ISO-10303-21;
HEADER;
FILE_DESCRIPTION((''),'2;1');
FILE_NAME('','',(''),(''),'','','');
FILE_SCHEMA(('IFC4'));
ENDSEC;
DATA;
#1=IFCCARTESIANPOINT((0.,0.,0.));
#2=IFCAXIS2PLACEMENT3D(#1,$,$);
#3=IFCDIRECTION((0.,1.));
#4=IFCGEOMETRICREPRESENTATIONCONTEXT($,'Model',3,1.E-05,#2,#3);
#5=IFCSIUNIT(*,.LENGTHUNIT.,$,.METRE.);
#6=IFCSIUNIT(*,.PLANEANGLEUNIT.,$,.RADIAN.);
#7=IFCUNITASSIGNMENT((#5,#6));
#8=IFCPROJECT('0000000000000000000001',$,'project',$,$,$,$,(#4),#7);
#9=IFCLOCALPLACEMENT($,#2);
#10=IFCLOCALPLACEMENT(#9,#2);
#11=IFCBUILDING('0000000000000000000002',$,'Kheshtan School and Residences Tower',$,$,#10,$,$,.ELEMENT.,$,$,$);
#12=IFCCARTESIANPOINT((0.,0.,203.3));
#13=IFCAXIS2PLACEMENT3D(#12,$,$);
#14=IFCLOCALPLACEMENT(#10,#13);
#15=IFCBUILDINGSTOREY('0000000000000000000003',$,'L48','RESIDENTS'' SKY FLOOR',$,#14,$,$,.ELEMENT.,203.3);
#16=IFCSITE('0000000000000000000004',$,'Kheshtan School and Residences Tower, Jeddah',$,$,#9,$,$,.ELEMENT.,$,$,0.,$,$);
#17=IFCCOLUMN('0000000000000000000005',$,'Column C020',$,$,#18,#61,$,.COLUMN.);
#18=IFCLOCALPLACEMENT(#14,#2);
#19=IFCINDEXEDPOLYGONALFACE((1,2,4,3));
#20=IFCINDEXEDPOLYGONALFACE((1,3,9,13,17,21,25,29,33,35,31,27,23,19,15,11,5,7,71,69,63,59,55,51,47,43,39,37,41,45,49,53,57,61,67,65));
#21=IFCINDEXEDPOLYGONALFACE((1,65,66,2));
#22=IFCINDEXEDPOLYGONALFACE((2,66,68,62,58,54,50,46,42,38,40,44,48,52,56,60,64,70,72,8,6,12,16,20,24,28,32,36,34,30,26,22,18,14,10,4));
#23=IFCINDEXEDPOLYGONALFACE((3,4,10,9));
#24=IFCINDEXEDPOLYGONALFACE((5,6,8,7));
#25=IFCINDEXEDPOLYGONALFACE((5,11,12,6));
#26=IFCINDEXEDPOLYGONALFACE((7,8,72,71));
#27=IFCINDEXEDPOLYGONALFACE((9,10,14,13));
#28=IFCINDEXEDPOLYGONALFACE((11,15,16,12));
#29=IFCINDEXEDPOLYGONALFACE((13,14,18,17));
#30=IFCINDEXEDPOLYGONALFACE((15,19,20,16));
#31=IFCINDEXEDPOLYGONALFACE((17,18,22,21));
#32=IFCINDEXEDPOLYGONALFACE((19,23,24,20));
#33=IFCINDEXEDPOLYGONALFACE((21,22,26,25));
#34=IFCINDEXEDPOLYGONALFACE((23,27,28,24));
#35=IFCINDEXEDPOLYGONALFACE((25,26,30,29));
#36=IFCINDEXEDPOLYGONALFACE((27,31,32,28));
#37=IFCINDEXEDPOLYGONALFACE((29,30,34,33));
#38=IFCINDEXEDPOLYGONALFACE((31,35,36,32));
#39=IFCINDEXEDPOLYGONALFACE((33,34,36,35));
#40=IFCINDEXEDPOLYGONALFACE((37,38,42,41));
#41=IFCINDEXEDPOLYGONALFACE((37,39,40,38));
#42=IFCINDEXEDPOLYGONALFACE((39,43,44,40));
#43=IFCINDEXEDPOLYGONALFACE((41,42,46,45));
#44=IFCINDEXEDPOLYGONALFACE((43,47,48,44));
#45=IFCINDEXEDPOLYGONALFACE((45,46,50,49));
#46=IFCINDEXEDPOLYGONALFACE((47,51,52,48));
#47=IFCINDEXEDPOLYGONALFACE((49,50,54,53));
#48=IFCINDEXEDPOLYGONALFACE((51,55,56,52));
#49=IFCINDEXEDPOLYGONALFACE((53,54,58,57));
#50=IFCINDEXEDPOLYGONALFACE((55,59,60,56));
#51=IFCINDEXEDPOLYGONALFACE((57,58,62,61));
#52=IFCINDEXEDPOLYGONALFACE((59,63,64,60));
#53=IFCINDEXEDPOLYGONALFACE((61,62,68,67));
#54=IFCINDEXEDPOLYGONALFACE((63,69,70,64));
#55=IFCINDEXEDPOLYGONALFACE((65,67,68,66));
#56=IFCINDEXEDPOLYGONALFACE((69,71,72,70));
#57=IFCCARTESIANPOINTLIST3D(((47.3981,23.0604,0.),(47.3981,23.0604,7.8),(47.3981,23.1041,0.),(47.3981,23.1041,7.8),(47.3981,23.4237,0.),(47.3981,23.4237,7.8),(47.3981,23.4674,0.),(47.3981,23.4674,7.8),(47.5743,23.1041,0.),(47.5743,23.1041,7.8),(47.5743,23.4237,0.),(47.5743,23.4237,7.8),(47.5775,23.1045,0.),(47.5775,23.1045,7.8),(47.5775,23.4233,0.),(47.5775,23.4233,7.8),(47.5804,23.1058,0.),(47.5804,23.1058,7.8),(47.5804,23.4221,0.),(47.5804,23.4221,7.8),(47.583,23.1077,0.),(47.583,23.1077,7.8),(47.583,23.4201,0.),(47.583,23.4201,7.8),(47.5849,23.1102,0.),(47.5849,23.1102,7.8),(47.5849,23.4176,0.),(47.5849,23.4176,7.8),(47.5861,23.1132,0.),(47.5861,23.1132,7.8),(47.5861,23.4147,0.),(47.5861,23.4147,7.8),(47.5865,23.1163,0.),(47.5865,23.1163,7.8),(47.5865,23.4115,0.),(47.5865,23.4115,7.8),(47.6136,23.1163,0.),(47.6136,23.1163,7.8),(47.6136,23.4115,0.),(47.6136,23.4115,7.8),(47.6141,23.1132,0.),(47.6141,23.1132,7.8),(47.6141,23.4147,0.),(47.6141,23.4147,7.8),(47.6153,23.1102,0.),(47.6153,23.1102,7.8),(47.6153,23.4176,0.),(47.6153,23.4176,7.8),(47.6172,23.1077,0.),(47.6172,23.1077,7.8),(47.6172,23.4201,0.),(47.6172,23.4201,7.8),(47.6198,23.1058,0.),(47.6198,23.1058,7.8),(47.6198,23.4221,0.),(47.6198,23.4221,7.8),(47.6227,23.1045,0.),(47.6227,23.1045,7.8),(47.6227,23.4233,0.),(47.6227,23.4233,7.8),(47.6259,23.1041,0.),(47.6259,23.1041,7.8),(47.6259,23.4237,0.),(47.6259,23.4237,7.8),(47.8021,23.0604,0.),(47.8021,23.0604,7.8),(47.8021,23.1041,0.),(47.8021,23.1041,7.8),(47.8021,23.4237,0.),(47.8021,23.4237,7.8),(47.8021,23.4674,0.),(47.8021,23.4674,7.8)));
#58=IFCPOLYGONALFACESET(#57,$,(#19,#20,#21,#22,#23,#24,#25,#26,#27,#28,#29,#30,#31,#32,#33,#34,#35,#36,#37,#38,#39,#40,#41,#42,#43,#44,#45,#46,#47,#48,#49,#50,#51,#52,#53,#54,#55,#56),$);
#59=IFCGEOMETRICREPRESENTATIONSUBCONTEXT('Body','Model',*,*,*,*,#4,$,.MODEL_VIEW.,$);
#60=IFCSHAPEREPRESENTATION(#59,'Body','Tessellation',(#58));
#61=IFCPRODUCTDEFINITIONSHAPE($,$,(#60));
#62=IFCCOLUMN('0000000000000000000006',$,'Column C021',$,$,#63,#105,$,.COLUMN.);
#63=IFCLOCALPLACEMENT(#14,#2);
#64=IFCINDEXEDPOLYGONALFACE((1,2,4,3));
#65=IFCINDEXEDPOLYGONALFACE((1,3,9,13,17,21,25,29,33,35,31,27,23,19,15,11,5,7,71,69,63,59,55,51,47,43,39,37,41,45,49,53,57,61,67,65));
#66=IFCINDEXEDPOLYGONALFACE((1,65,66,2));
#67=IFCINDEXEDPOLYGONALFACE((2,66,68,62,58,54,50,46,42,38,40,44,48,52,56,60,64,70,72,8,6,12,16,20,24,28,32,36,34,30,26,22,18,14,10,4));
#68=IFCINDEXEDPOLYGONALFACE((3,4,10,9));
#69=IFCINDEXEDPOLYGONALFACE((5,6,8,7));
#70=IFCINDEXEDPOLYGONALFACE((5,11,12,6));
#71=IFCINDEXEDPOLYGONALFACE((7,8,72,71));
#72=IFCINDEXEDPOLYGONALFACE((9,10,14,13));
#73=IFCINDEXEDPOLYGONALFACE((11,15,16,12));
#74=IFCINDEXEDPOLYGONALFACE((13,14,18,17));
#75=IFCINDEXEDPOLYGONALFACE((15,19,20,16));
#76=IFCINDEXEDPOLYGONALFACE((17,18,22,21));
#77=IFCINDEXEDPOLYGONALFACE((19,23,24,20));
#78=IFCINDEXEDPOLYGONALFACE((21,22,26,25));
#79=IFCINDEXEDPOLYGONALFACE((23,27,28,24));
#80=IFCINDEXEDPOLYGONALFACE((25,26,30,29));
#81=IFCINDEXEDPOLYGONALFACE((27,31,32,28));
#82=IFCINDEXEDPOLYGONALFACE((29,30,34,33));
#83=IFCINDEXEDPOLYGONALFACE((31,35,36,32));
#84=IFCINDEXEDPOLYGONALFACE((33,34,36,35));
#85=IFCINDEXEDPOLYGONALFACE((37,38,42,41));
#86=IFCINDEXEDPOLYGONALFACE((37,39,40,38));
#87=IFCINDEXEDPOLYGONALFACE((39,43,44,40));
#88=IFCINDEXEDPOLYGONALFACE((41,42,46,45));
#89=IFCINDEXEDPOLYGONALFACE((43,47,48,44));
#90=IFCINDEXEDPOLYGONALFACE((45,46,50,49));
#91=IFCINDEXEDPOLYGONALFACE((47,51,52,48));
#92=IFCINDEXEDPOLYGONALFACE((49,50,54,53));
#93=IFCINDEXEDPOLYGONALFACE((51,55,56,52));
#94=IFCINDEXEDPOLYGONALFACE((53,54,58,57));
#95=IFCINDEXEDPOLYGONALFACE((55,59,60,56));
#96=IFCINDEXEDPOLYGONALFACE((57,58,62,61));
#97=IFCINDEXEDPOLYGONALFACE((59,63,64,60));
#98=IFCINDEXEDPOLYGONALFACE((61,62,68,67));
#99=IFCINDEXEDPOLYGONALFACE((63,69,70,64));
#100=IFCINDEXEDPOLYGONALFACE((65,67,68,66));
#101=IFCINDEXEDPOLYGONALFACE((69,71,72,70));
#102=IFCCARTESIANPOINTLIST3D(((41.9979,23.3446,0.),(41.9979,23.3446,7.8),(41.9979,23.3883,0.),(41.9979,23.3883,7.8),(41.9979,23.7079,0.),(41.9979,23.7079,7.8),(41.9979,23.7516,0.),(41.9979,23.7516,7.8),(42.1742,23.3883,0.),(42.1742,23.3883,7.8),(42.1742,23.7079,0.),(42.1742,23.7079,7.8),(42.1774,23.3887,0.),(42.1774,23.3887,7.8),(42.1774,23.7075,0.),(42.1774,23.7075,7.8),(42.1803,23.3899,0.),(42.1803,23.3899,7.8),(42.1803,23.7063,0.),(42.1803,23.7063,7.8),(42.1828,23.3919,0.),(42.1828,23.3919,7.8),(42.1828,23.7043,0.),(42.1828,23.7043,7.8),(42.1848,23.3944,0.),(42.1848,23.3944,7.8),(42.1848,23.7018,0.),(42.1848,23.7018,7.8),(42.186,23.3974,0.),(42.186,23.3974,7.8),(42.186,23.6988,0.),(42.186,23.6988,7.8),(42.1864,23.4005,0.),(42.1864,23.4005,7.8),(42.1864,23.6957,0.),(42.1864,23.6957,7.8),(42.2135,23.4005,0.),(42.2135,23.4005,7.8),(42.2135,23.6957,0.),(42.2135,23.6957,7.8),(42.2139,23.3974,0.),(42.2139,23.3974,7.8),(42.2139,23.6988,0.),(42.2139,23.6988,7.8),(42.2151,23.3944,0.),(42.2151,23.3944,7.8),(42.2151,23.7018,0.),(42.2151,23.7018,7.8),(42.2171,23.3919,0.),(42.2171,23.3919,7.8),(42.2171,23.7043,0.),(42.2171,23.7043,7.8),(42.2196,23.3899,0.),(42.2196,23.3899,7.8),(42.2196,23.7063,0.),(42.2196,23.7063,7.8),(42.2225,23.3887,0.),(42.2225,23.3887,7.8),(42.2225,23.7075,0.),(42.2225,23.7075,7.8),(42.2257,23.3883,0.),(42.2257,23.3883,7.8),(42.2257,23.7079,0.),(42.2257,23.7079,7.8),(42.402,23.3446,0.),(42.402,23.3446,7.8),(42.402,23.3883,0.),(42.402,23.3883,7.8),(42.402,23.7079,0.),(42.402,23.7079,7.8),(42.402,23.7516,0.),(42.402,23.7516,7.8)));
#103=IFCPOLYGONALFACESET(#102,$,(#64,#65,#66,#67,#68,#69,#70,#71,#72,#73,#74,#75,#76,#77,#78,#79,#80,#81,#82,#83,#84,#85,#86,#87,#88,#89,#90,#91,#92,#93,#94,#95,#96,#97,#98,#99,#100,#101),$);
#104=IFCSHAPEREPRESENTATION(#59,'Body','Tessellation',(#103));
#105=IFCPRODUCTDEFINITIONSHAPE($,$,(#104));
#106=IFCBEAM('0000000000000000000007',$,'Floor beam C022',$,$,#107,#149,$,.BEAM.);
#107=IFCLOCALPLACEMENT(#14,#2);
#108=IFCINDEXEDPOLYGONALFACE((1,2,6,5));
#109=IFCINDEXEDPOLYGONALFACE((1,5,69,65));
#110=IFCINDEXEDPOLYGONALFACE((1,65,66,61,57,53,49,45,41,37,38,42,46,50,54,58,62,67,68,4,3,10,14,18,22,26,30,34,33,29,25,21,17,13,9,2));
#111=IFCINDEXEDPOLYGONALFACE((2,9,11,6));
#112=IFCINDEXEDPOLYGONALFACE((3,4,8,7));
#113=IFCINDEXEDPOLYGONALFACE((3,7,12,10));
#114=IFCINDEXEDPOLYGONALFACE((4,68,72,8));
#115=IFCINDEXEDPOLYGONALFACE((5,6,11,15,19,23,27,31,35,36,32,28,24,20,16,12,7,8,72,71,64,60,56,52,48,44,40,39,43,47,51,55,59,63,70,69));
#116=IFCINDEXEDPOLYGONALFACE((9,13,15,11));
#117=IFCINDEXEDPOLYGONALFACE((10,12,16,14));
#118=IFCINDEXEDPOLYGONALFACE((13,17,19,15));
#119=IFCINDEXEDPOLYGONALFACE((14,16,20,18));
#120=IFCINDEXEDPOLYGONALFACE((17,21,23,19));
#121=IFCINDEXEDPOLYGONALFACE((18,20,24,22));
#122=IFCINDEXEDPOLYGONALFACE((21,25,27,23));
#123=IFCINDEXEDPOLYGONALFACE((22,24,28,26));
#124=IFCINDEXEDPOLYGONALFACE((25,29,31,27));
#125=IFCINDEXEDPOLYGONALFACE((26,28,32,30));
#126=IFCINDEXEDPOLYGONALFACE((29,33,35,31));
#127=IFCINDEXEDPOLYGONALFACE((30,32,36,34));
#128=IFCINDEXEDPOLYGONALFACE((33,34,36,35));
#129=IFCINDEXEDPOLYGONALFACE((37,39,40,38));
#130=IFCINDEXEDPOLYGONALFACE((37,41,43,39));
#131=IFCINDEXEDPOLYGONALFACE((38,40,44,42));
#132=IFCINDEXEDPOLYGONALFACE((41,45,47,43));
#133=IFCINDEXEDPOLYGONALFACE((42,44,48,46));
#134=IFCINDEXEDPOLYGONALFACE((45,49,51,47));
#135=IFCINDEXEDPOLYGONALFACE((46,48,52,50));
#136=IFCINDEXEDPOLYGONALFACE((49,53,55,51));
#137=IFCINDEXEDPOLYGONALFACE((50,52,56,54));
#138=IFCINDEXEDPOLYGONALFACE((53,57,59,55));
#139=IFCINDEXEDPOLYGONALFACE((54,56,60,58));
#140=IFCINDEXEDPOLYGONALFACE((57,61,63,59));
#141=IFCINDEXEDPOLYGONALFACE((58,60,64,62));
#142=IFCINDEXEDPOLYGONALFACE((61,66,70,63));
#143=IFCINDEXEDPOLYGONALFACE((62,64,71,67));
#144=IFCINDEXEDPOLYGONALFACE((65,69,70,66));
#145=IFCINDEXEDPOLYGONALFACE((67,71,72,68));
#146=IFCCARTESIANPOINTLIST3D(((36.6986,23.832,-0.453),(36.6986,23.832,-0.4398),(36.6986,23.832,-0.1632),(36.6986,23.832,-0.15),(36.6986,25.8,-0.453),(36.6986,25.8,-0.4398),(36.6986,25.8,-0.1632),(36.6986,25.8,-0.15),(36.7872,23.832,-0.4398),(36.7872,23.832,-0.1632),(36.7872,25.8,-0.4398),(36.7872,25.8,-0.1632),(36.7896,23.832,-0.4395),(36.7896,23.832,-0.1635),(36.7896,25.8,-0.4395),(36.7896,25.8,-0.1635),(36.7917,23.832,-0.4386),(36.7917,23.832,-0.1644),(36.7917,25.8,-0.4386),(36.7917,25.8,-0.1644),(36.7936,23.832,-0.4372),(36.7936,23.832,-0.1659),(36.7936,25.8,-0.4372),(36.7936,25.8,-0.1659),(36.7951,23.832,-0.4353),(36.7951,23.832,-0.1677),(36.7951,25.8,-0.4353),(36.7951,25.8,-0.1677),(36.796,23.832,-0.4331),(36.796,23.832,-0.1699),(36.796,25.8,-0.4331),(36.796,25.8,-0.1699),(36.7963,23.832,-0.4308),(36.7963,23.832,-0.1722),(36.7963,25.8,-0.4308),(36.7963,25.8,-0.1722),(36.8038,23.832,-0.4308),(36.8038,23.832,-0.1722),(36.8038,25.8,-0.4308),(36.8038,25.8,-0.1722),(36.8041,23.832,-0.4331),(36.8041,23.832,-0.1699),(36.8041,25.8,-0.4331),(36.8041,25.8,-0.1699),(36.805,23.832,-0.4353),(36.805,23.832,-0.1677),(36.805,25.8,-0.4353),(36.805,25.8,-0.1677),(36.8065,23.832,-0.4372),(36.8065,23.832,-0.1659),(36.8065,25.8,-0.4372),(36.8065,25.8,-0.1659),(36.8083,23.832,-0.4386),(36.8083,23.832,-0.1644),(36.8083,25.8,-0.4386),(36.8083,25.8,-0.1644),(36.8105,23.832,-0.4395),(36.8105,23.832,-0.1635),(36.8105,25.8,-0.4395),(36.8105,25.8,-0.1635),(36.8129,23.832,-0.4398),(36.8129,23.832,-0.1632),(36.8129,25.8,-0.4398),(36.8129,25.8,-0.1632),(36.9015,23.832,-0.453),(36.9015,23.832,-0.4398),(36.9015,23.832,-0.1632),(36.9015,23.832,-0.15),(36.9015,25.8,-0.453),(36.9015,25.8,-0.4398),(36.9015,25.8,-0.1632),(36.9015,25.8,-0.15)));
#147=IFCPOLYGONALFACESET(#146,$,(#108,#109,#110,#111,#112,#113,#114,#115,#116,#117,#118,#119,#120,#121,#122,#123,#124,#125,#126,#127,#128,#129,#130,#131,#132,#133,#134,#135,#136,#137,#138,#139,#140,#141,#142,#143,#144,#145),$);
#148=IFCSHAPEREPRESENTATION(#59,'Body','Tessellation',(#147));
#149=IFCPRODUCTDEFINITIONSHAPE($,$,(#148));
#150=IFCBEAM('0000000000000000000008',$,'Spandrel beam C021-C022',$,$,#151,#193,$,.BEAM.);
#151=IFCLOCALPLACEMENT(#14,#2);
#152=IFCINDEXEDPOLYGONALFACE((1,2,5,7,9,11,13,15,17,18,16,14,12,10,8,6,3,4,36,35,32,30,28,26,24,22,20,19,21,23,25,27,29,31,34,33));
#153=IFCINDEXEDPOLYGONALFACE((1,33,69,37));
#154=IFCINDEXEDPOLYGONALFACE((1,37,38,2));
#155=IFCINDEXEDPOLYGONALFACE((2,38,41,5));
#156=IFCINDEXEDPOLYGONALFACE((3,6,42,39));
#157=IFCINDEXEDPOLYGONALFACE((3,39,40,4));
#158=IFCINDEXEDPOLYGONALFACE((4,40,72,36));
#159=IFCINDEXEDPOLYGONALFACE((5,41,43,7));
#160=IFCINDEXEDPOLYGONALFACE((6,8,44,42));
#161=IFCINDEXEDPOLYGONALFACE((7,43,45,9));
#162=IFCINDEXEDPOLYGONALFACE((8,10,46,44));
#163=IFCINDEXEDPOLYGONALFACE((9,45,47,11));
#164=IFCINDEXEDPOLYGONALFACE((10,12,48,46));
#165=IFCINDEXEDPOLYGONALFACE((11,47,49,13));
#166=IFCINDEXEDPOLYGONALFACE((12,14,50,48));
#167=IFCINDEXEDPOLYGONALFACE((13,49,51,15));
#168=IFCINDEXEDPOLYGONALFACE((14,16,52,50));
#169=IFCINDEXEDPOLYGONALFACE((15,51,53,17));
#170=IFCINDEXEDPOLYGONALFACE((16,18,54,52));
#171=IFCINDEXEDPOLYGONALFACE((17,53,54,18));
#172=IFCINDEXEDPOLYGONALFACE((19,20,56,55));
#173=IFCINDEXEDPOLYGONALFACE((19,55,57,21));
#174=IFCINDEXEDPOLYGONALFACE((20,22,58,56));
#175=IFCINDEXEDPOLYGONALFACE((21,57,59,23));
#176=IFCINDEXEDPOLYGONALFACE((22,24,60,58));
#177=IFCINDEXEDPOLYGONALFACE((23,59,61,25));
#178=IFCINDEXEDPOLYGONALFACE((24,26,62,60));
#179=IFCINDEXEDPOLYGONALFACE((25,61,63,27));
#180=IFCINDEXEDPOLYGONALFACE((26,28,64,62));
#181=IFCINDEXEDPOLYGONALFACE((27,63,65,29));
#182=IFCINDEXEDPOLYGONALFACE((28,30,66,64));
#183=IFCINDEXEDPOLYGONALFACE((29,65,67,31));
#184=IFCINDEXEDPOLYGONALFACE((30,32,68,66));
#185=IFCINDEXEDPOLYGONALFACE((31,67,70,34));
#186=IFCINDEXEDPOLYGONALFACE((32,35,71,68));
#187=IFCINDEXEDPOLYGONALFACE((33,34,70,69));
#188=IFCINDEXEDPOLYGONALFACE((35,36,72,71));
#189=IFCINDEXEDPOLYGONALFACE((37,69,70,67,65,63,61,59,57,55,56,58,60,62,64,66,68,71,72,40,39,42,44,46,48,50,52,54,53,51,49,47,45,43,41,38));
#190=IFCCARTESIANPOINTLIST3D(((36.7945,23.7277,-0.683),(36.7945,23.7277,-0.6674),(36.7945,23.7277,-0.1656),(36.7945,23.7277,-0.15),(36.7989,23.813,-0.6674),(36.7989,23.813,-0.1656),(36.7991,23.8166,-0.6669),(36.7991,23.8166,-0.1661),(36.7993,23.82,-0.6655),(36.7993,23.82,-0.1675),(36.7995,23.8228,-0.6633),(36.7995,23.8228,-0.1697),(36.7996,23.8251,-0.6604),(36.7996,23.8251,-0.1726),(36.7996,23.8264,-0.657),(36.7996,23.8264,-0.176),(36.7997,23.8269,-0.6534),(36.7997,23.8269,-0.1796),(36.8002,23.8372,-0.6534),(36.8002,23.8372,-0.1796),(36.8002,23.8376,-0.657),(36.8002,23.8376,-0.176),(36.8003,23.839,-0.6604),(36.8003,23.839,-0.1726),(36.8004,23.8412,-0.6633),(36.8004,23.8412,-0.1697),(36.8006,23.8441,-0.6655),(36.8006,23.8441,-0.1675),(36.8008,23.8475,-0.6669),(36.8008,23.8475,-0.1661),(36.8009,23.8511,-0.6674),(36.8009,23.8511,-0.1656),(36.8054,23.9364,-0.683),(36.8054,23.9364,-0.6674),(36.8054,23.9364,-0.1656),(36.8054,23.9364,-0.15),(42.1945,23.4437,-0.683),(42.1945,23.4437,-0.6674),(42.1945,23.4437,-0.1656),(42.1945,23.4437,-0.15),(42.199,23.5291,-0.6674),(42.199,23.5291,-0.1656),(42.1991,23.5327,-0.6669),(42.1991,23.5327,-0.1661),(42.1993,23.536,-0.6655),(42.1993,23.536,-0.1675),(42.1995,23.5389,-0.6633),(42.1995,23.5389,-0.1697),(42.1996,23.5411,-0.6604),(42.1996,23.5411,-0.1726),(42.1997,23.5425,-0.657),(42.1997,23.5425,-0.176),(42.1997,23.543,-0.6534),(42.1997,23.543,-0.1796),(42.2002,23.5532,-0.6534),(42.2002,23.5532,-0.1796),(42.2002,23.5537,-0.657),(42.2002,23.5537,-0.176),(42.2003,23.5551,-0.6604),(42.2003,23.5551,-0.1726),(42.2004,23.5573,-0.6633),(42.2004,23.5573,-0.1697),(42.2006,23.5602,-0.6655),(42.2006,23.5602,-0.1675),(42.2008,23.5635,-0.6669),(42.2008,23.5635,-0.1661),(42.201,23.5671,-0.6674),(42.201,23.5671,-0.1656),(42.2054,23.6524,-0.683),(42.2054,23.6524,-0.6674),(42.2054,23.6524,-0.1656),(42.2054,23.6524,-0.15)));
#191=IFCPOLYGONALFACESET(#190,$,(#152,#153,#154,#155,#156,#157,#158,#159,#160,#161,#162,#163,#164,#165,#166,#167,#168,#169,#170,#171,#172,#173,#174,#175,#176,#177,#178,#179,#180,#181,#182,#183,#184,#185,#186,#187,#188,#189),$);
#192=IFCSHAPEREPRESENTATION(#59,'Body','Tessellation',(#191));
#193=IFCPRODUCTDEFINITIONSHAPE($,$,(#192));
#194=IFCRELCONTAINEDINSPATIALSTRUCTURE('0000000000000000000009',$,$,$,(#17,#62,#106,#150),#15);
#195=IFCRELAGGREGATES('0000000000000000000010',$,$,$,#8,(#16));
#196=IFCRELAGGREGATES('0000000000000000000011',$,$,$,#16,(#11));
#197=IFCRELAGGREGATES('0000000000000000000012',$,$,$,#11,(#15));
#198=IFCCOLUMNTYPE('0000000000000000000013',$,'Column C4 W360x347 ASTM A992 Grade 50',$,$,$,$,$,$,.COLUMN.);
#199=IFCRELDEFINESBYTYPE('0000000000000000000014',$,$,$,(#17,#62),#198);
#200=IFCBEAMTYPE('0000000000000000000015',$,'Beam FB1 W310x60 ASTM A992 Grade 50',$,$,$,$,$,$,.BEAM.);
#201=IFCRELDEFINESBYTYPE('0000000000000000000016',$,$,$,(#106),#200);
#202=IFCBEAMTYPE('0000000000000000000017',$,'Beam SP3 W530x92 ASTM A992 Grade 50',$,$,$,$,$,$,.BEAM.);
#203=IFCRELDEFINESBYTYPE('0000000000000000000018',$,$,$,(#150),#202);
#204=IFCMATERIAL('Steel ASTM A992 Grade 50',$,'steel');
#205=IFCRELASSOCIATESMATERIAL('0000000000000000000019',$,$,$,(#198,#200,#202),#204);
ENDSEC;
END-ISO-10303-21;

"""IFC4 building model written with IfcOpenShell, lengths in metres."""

from ifc_helpers import new_model, si_unit, direction, frame, origin, origin_2d, place, context, subcontext, project, spatial, i_section, extrude, material, material_profile, profile_set, type_object, element, save


model = new_model("IFC4")

# Units and contexts
model_context = context("Model", 3, precision=1e-05, world=origin(), true_north=direction((0.0, 1.0)))
body_context = subcontext(model_context, "Body", "Model", "MODEL_VIEW")
ifc_project = project(units=[si_unit("LENGTHUNIT", "METRE"), si_unit("PLANEANGLEUNIT", "RADIAN")], contexts=[model_context])

# Site, building, storey
site_placement = place(None, origin())
site = spatial("IfcSite", under=ifc_project, at=site_placement, Name="Kheshtan School and Residences Tower, Jeddah", CompositionType="ELEMENT", RefElevation=0.0)
building_placement = place(site_placement, origin())
building = spatial("IfcBuilding", under=site, at=building_placement, Name="Kheshtan School and Residences Tower", CompositionType="ELEMENT")
storey_placement = place(building_placement, frame((0.0, 0.0, 203.3)))
storey = spatial("IfcBuildingStorey", under=building, at=storey_placement, Name="L48", Description="RESIDENTS' SKY FLOOR", CompositionType="ELEMENT", Elevation=203.3)

# Columns
ifc_material_1 = material(Name="Steel ASTM A992 Grade 50", Category="steel")
ifc_material_profile_1 = material_profile(ifc_material_1, i_section(OverallWidth=0.4041, OverallDepth=0.407, WebThickness=0.0271, FlangeThickness=0.0437, FilletRadius=0.0122, at=origin_2d()), Name="W360x347")
ifc_profile_set_1 = profile_set([ifc_material_profile_1], Name="Steel ASTM A992 Grade 50")
column_type = type_object("IfcColumnType", Name="Column C4 W360x347 ASTM A992 Grade 50", PredefinedType="COLUMN", material=ifc_profile_set_1)
for number, where, z_axis, x_axis, name in (
    (1, (47.6001, 23.2639, 0.0), (0.0, 0.0, 1.0), (1.0, 0.0, 0.0), "Column C020"),
    (2, (42.2, 23.5481, 0.0), (0.0, 0.0, 1.0), (1.0, 0.0, 0.0), "Column C021"),
):
    element("IfcColumn", number, at=place(storey_placement, frame(where, z_axis=z_axis, x_axis=x_axis)), inside=storey, type_object=column_type, Name=name, PredefinedType="COLUMN", context=body_context, shape_type="SweptSolid", body=[
        extrude(i_section(OverallWidth=0.4041, OverallDepth=0.407, WebThickness=0.0271, FlangeThickness=0.0437, FilletRadius=0.0122, at=origin_2d()), origin(), (0.0, 0.0, 1.0), 7.8),
    ])

# Beams
ifc_material_profile_2 = material_profile(ifc_material_1, i_section(OverallWidth=0.2029, OverallDepth=0.303, WebThickness=0.0076, FlangeThickness=0.0132, FilletRadius=0.009, at=origin_2d()), Name="W310x60")
ifc_profile_set_2 = profile_set([ifc_material_profile_2], Name="Steel ASTM A992 Grade 50")
beam_type_1 = type_object("IfcBeamType", Name="Beam FB1 W310x60 ASTM A992 Grade 50", PredefinedType="BEAM", material=ifc_profile_set_2)
beam_1_placement = place(storey_placement, frame((36.8, 23.832, -0.3015), z_axis=(0.0, 1.0, 0.0), x_axis=(-1.0, 0.0, 0.0)))
element("IfcBeam", 3, at=beam_1_placement, inside=storey, type_object=beam_type_1, Name="Floor beam C022", PredefinedType="BEAM", context=body_context, shape_type="SweptSolid", body=[
    extrude(i_section(OverallWidth=0.2029, OverallDepth=0.303, WebThickness=0.0076, FlangeThickness=0.0132, FilletRadius=0.009, at=origin_2d()), origin(), (0.0, 0.0, 1.0), 1.968),
])
ifc_material_profile_3 = material_profile(ifc_material_1, i_section(OverallWidth=0.209, OverallDepth=0.533, WebThickness=0.0103, FlangeThickness=0.0156, FilletRadius=0.0139, at=origin_2d()), Name="W530x92")
ifc_profile_set_3 = profile_set([ifc_material_profile_3], Name="Steel ASTM A992 Grade 50")
beam_type_2 = type_object("IfcBeamType", Name="Beam SP3 W530x92 ASTM A992 Grade 50", PredefinedType="BEAM", material=ifc_profile_set_3)
beam_2_placement = place(storey_placement, frame((42.2, 23.5481, -0.4165), z_axis=(-0.99862, 0.052509, 0.0), x_axis=(-0.052509, -0.99862, 0.0)))
element("IfcBeam", 4, at=beam_2_placement, inside=storey, type_object=beam_type_2, Name="Spandrel beam C021-C022", PredefinedType="BEAM", context=body_context, shape_type="SweptSolid", body=[
    extrude(i_section(OverallWidth=0.209, OverallDepth=0.533, WebThickness=0.0103, FlangeThickness=0.0156, FilletRadius=0.0139, at=origin_2d()), origin(), (0.0, 0.0, 1.0), 5.4075),
])

save(model, "model.ifc")
